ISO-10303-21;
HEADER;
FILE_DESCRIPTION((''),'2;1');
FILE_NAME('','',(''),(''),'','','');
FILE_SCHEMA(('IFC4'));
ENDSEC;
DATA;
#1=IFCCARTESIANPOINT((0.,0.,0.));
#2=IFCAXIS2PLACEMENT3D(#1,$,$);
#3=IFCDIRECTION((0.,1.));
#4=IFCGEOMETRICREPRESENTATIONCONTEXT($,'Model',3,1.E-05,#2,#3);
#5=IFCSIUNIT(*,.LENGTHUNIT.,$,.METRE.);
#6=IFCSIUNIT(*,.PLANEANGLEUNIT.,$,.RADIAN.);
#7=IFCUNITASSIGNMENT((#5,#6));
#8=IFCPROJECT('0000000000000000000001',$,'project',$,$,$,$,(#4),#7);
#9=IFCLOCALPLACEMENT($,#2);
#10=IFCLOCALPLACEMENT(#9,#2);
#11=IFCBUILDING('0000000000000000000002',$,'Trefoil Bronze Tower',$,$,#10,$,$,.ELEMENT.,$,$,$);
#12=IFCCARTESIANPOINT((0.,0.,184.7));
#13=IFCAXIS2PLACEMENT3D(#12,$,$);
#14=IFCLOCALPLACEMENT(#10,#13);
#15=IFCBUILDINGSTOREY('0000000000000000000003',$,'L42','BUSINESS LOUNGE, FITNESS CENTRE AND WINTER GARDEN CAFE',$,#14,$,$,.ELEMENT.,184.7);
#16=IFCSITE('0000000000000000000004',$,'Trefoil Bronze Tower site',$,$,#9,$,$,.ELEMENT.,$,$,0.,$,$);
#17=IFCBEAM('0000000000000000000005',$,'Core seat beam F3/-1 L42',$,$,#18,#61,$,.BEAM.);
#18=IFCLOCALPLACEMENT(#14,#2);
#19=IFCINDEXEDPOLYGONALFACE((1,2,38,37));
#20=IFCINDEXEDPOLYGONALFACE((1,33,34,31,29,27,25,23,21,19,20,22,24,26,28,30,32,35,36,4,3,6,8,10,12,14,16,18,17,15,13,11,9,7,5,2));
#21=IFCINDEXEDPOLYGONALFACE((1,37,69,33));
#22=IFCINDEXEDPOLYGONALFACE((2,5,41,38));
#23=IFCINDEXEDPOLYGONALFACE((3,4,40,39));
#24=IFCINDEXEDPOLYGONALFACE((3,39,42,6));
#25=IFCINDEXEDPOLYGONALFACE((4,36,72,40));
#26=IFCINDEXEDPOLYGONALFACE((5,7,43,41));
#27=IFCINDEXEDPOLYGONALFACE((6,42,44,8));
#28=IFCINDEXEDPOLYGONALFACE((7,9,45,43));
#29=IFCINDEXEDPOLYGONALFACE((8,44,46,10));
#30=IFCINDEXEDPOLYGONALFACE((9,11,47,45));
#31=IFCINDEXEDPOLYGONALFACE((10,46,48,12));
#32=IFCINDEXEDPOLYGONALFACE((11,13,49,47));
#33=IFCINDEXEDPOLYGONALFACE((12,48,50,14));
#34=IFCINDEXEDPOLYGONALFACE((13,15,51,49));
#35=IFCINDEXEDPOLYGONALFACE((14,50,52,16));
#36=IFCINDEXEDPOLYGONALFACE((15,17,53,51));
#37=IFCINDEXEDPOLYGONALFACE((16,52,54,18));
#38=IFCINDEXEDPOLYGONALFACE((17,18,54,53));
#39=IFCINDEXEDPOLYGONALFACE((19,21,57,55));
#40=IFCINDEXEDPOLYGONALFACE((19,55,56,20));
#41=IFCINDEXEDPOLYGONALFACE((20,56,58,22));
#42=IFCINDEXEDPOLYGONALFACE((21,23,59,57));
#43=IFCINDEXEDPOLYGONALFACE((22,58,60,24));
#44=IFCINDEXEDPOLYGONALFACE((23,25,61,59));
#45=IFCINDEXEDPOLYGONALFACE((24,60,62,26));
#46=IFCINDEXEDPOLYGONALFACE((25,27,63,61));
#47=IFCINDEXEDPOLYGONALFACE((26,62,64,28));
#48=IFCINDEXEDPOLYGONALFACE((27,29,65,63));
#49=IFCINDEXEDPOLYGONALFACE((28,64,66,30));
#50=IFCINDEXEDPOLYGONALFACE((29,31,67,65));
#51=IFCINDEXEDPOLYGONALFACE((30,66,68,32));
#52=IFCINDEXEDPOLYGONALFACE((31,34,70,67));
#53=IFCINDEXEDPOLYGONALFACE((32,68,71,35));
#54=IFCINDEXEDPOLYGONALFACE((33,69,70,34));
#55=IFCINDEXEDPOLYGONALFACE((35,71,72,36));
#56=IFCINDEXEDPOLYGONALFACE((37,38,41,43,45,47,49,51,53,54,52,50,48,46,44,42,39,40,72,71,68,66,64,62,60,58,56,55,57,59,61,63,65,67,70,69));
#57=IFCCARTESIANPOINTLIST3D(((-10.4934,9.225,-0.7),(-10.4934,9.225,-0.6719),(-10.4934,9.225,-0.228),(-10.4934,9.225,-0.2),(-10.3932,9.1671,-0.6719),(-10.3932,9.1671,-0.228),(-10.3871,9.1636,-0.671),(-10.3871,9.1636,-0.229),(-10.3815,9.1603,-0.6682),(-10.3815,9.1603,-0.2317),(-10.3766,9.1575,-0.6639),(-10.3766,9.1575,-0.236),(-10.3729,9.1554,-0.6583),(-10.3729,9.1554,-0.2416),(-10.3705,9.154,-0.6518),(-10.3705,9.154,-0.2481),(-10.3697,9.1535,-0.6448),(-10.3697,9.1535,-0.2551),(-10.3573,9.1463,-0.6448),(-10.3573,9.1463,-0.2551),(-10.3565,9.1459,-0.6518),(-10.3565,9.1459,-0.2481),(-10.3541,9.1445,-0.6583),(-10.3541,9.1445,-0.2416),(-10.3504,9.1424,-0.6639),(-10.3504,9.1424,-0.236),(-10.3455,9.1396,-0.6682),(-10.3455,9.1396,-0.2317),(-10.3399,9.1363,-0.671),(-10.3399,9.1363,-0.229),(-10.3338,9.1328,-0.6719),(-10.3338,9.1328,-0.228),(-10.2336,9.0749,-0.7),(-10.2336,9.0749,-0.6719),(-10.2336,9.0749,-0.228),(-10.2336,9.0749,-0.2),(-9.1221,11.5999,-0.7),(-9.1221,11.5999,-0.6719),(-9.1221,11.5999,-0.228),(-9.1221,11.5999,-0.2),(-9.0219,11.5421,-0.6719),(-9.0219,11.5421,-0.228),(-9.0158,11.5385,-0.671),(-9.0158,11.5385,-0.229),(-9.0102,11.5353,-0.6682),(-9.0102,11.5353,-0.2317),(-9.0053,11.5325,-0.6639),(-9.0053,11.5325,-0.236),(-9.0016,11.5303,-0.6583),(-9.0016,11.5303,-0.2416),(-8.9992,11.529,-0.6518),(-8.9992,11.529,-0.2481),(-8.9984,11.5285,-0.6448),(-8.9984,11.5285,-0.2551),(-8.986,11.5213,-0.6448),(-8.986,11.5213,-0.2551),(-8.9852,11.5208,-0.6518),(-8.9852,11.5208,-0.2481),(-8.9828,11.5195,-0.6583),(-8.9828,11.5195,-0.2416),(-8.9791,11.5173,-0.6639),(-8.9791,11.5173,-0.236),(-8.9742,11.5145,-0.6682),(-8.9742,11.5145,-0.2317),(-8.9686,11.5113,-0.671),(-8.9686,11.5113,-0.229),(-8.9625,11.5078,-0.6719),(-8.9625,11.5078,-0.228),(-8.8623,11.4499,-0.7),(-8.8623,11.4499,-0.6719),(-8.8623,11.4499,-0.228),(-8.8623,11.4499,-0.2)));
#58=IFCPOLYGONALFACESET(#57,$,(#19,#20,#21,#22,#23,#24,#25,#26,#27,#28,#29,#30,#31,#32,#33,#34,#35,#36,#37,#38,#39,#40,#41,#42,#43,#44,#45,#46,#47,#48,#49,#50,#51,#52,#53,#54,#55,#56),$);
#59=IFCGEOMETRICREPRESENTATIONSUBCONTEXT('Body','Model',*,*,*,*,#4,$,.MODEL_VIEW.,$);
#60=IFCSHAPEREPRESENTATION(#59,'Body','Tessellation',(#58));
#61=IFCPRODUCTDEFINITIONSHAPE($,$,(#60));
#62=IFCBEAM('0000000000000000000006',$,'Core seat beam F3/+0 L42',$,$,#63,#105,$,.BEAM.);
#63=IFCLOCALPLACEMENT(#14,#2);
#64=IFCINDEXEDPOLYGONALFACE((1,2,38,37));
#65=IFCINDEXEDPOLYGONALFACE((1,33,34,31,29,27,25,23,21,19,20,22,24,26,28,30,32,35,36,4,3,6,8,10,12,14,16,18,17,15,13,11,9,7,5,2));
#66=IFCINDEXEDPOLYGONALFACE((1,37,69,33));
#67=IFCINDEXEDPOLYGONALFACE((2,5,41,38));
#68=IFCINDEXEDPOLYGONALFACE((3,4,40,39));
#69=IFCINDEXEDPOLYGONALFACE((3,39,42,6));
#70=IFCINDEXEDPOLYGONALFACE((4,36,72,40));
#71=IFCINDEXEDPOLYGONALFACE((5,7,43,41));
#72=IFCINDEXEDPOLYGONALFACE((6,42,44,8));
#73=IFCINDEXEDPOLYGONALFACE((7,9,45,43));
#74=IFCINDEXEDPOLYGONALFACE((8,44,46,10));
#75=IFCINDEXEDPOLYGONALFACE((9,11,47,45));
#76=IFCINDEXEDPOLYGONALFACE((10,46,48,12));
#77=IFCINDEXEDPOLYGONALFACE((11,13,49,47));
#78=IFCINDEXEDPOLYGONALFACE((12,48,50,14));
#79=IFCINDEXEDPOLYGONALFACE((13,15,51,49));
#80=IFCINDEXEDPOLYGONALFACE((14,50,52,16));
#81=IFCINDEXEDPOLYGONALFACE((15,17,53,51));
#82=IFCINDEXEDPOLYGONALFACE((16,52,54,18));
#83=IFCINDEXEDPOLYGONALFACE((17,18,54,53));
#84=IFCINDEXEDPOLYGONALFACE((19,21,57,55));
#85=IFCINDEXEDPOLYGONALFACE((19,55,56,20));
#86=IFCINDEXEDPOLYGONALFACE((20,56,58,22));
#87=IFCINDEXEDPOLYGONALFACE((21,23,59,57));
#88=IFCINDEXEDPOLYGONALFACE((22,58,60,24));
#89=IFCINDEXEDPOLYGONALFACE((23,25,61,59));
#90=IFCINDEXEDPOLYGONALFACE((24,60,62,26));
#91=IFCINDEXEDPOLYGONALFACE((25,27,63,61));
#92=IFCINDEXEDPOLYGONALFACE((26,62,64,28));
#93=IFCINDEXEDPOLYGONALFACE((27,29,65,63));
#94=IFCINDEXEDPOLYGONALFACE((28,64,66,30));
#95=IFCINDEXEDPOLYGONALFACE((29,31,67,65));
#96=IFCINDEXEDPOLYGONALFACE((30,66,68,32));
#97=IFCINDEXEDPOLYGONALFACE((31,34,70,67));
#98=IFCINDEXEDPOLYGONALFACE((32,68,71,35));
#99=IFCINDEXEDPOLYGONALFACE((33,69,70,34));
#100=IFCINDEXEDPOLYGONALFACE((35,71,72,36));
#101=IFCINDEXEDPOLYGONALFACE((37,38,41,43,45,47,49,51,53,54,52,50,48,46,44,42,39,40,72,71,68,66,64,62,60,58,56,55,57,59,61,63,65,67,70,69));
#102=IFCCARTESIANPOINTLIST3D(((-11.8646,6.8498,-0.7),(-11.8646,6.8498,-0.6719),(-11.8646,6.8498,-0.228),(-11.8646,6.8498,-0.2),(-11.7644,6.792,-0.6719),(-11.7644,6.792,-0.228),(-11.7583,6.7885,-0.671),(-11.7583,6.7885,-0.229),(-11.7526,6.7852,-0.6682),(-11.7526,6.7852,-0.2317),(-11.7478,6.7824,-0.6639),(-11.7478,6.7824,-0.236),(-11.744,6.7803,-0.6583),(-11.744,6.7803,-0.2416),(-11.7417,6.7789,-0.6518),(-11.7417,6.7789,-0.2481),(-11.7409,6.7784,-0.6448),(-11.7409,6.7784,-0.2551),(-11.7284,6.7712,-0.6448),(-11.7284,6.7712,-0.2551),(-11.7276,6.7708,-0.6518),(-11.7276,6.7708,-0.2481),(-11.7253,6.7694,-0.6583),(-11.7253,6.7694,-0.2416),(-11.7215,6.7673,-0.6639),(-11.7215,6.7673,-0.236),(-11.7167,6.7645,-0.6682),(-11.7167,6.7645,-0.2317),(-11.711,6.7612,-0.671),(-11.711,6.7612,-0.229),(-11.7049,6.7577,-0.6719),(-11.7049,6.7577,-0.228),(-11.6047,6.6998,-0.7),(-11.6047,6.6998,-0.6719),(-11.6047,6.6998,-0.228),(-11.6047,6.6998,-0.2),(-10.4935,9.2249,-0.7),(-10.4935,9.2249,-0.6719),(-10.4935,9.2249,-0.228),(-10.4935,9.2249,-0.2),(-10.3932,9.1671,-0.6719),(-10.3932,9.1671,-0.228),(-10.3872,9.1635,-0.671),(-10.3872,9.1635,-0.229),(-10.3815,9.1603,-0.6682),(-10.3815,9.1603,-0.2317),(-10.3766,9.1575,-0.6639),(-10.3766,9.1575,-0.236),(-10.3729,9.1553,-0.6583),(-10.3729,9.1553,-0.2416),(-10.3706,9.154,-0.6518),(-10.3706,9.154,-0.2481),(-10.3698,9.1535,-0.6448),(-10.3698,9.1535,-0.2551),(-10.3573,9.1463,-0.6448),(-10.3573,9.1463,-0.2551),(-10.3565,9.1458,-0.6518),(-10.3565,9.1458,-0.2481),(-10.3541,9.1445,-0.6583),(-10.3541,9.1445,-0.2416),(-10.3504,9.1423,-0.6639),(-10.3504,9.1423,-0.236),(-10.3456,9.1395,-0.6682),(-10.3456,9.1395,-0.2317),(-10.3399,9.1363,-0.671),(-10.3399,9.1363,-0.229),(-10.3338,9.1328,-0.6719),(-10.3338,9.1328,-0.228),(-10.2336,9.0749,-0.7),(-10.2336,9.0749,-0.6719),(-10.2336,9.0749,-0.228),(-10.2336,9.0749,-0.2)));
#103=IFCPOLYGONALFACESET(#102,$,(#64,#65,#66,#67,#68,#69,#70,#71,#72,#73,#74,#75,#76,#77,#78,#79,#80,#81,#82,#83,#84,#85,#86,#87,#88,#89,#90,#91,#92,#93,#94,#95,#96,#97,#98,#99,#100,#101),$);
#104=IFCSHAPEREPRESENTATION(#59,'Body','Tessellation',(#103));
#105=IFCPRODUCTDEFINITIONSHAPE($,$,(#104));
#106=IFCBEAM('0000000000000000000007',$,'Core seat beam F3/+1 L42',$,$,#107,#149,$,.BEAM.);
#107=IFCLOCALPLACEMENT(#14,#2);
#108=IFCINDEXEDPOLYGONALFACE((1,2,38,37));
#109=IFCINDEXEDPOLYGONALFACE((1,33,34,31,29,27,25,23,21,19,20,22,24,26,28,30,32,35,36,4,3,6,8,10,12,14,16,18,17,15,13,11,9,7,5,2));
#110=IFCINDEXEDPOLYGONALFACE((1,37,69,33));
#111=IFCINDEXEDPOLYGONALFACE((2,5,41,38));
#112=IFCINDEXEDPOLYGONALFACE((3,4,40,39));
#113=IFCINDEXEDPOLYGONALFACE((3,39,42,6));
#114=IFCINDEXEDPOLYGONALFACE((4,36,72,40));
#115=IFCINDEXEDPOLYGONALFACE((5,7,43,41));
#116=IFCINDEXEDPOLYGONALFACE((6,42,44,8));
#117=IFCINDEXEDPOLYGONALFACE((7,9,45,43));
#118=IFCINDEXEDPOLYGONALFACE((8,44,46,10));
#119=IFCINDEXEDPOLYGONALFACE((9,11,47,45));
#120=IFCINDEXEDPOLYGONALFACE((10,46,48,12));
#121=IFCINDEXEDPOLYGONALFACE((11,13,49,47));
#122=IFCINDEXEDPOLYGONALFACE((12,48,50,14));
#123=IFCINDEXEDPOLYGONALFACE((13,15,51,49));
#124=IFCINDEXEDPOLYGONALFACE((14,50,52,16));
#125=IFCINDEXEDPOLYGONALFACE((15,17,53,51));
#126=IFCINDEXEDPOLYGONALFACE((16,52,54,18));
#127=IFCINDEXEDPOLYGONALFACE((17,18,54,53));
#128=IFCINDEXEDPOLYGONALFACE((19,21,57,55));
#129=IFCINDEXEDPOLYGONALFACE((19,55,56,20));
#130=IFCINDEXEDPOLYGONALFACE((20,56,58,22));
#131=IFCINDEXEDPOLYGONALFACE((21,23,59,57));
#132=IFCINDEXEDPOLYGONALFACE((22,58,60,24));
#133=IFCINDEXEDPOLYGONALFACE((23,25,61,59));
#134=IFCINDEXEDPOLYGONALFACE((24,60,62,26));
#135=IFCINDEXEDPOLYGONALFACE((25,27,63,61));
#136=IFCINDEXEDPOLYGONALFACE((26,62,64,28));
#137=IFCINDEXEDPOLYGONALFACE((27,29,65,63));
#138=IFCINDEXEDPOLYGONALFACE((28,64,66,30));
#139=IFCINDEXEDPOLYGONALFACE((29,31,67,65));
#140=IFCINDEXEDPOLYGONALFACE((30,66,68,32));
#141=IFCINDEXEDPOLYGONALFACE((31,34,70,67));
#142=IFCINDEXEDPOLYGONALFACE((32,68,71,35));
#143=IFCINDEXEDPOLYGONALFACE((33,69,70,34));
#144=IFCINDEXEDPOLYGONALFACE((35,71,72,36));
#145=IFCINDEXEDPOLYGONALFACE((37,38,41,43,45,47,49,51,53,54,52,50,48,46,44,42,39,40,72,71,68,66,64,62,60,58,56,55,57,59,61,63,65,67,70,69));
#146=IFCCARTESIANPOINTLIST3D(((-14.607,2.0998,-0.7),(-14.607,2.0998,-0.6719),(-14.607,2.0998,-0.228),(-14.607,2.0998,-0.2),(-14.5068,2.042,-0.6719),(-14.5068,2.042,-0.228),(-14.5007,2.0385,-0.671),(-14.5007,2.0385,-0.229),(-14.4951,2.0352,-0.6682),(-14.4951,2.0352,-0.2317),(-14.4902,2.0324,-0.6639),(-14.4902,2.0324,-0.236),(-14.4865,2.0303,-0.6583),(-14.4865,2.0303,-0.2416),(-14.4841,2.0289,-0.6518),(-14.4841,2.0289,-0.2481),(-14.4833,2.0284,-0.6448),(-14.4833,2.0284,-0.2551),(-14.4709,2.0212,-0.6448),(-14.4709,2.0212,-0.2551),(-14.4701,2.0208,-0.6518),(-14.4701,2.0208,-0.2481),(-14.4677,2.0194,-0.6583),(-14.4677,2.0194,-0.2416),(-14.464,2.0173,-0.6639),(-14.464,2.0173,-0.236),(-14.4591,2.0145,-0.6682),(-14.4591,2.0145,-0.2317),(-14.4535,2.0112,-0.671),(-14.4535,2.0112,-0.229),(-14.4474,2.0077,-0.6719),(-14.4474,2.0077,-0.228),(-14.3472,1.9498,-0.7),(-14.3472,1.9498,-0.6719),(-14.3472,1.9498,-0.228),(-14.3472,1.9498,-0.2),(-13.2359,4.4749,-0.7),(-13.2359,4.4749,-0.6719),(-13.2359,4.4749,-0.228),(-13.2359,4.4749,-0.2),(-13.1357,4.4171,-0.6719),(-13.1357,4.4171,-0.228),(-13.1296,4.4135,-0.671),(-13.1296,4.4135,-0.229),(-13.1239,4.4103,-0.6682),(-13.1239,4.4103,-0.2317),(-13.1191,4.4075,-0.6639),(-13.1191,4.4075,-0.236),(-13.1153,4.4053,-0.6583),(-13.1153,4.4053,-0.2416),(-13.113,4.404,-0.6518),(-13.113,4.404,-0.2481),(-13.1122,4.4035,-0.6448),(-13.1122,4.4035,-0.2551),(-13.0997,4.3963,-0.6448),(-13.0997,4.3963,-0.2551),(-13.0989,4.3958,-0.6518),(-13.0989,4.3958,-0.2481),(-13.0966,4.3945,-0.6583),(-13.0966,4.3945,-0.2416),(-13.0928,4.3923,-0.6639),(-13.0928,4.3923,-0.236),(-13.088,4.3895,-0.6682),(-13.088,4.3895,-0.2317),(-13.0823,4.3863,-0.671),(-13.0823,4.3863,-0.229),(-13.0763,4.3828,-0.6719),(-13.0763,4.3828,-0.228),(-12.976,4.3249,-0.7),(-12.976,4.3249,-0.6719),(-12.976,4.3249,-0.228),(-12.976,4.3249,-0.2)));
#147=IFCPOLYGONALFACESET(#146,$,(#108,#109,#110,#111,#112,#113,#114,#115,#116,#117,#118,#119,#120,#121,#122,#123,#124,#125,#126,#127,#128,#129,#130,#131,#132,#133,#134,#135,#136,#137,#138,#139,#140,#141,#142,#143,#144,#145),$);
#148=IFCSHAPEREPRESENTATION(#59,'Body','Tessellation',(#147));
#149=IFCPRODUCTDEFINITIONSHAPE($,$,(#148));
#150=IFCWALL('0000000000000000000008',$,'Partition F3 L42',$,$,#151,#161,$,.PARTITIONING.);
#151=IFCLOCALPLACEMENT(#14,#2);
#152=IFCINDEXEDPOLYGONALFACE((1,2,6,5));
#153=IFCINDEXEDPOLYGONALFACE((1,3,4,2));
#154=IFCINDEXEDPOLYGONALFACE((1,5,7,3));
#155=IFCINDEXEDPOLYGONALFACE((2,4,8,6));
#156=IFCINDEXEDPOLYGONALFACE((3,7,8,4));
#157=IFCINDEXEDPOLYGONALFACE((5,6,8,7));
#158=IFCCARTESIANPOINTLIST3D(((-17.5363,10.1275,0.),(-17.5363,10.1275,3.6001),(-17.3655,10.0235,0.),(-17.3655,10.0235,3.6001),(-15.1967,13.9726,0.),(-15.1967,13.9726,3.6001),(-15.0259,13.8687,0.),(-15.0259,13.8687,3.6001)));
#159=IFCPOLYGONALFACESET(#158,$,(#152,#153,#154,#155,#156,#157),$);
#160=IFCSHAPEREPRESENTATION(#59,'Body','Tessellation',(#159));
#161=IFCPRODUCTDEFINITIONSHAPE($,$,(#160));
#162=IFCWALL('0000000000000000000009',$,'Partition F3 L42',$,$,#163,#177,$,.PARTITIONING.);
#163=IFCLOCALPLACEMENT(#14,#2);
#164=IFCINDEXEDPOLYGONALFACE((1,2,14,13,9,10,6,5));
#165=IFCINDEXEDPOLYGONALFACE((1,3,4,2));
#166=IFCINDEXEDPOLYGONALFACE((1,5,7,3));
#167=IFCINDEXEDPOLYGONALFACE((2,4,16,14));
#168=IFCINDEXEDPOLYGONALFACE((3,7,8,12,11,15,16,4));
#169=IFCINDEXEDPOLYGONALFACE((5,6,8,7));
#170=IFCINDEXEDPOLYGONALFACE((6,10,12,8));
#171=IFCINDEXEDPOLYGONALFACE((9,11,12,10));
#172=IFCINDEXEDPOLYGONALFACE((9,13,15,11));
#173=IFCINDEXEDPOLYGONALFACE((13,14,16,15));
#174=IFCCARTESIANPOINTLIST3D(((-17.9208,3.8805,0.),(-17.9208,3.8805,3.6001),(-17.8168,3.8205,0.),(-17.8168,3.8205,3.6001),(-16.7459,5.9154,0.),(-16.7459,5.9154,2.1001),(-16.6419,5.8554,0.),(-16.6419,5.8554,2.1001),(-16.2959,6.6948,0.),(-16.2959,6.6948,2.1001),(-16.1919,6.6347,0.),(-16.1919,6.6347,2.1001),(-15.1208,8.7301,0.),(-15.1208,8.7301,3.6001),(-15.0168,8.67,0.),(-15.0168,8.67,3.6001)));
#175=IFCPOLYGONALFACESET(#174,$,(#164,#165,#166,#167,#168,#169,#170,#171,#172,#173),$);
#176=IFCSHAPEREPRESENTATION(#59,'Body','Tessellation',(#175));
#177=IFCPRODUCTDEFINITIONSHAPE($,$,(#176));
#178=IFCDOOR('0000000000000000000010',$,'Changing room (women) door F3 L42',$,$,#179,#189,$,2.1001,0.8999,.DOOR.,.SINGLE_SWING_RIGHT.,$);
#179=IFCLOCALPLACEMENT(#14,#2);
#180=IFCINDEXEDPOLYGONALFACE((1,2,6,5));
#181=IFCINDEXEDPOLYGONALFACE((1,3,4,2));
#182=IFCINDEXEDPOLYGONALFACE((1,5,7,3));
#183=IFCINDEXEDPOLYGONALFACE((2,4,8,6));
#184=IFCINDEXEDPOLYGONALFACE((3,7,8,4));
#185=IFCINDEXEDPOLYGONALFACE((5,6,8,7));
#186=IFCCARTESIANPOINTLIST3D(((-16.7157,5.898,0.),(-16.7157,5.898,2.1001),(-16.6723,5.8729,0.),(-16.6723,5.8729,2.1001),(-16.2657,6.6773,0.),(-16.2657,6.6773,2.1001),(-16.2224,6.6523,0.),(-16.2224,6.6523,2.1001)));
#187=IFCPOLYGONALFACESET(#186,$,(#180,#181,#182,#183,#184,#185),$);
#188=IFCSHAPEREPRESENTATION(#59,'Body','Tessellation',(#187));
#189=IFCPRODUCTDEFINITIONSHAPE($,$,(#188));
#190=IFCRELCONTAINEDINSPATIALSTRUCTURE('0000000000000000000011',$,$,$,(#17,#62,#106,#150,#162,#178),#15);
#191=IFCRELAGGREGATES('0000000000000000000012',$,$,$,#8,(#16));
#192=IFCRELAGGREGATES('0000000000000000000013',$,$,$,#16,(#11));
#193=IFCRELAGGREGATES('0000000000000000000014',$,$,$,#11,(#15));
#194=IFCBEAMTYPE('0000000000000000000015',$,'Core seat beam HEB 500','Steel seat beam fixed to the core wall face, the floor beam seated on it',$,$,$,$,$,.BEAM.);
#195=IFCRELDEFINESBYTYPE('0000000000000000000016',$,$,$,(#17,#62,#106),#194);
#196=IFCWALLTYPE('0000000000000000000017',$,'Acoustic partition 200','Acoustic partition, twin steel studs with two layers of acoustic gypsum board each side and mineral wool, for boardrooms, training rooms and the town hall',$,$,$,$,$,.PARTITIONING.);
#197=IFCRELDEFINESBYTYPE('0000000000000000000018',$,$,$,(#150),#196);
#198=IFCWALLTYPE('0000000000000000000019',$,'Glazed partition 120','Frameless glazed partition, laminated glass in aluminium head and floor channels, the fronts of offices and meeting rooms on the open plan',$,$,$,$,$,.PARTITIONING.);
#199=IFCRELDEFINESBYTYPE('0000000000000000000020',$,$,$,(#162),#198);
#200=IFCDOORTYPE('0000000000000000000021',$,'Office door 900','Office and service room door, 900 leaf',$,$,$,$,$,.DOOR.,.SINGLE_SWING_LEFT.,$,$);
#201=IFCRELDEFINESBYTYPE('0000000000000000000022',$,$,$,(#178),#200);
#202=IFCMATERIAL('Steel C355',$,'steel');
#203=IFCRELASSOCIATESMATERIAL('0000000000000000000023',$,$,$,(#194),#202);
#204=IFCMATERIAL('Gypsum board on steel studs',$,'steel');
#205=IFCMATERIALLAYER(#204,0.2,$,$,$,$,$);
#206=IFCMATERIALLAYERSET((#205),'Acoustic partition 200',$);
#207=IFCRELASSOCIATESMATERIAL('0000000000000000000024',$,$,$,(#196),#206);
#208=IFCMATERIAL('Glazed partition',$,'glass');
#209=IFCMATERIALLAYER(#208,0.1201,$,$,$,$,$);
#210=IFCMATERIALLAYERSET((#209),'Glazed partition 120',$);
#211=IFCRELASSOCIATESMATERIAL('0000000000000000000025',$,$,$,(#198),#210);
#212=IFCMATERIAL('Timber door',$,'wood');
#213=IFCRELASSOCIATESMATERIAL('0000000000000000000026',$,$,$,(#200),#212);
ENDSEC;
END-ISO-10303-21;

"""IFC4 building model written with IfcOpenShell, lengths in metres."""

from ifc_helpers import new_model, si_unit, direction, frame, frame_2d, origin, origin_2d, place, context, subcontext, project, spatial, rectangle, i_section, extrude, material, layer, layer_set, material_profile, profile_set, type_object, element, fill, save


model = new_model("IFC4")

# Units and contexts
model_context = context("Model", 3, precision=1e-05, world=origin(), true_north=direction((0.0, 1.0)))
body_context = subcontext(model_context, "Body", "Model", "MODEL_VIEW")
ifc_project = project(units=[si_unit("LENGTHUNIT", "METRE"), si_unit("PLANEANGLEUNIT", "RADIAN")], contexts=[model_context])

# Site, building, storey
site_placement = place(None, origin())
site = spatial("IfcSite", under=ifc_project, at=site_placement, Name="Trefoil Bronze Tower site", CompositionType="ELEMENT", RefElevation=0.0)
building_placement = place(site_placement, origin())
building = spatial("IfcBuilding", under=site, at=building_placement, Name="Trefoil Bronze Tower", CompositionType="ELEMENT")
storey_placement = place(building_placement, frame((0.0, 0.0, 184.7)))
storey = spatial("IfcBuildingStorey", under=building, at=storey_placement, Name="L42", Description="BUSINESS LOUNGE, FITNESS CENTRE AND WINTER GARDEN CAFE", CompositionType="ELEMENT", Elevation=184.7)

# Beams
ifc_material_1 = material(Name="Steel C355", Category="steel")
ifc_material_profile = material_profile(ifc_material_1, i_section(OverallWidth=0.3, OverallDepth=0.5, WebThickness=0.0144, FlangeThickness=0.0281, FilletRadius=0.0271, at=origin_2d()), Name="HEB 500")
ifc_profile_set = profile_set([ifc_material_profile], Name="Steel C355")
beam_type = type_object("IfcBeamType", Name="Core seat beam HEB 500", Description="Steel seat beam fixed to the core wall face, the floor beam seated on it", PredefinedType="BEAM", material=ifc_profile_set)
for number, where, z_axis, x_axis, name in (
    (1, (-8.9922, 11.5249, -0.45), (-0.500036, -0.866005, 0.0), (0.866005, -0.500036, 0.0), "Core seat beam F3/-1 L42"),
    (2, (-10.3635, 9.1499, -0.45), (-0.499969, -0.866043, 0.0), (0.866043, -0.499969, 0.0), "Core seat beam F3/+0 L42"),
    (3, (-13.106, 4.3999, -0.45), (-0.499969, -0.866043, 0.0), (0.866043, -0.499969, 0.0), "Core seat beam F3/+1 L42"),
):
    element("IfcBeam", number, at=place(storey_placement, frame(where, z_axis=z_axis, x_axis=x_axis)), inside=storey, type_object=beam_type, Name=name, PredefinedType="BEAM", context=body_context, shape_type="SweptSolid", body=[
        extrude(i_section(OverallWidth=0.3, OverallDepth=0.5, WebThickness=0.0144, FlangeThickness=0.0281, FilletRadius=0.0271, at=origin_2d()), origin(), (0.0, 0.0, 1.0), 2.7424),
    ])

# Wall
ifc_material_2 = material(Name="Gypsum board on steel studs", Category="steel")
ifc_layer_1 = layer(ifc_material_2, 0.2)
ifc_layer_set_1 = layer_set([ifc_layer_1], Name="Acoustic partition 200")
wall_type_1 = type_object("IfcWallType", Name="Acoustic partition 200", Description="Acoustic partition, twin steel studs with two layers of acoustic gypsum board each side and mineral wool, for boardrooms, training rooms and the town hall", PredefinedType="PARTITIONING", material=ifc_layer_set_1)
wall_1_placement = place(storey_placement, frame((-15.1113, 13.9207, 0.0), z_axis=(0.0, 0.0, 1.0), x_axis=(-0.51979, -0.854294, 0.0)))
element("IfcWall", 4, at=wall_1_placement, inside=storey, type_object=wall_type_1, Name="Partition F3 L42", PredefinedType="PARTITIONING", context=body_context, shape_type="SweptSolid", body=[
    extrude(rectangle(XDim=4.501, YDim=0.2, at=frame_2d((2.2505, 0.0))), origin(), (0.0, 0.0, 1.0), 3.6001),
])

# Wall, opening, door
ifc_material_3 = material(Name="Glazed partition", Category="glass")
ifc_layer_2 = layer(ifc_material_3, 0.1201)
ifc_layer_set_2 = layer_set([ifc_layer_2], Name="Glazed partition 120")
wall_type_2 = type_object("IfcWallType", Name="Glazed partition 120", Description="Frameless glazed partition, laminated glass in aluminium head and floor channels, the fronts of offices and meeting rooms on the open plan", PredefinedType="PARTITIONING", material=ifc_layer_set_2)
wall_2_placement = place(storey_placement, frame((-15.0688, 8.7, 0.0), z_axis=(0.0, 0.0, 1.0), x_axis=(-0.500017, -0.866016, 0.0)))
wall_2 = element("IfcWall", 5, at=wall_2_placement, inside=storey, type_object=wall_type_2, Name="Partition F3 L42", PredefinedType="PARTITIONING", context=body_context, shape_type="SweptSolid", body=[
    extrude(rectangle(XDim=5.5999, YDim=0.1201, at=frame_2d((2.7998, 0.0))), origin(), (0.0, 0.0, 1.0), 3.6001),
])
opening_1_placement = place(wall_2_placement, frame((2.3501, 0.0, 0.0)))
opening_1 = element("IfcOpeningElement", 6, at=opening_1_placement, cuts=wall_2, PredefinedType="OPENING", context=body_context, shape_type="SweptSolid", body=[
    extrude(rectangle(XDim=0.8999, YDim=2.1001, at=frame_2d((0.45, 1.05))), frame((0.0, 0.0701, 0.0), z_axis=(0.0, -1.0, 0.0), x_axis=(1.0, 0.0, 0.0)), (0.0, 0.0, 1.0), 0.1401),
])
ifc_material_4 = material(Name="Timber door", Category="wood")
door_type = type_object("IfcDoorType", Name="Office door 900", Description="Office and service room door, 900 leaf", OperationType="SINGLE_SWING_LEFT", PredefinedType="DOOR", material=ifc_material_4)
door_1_placement = place(opening_1_placement, origin())
door_1 = element("IfcDoor", 7, at=door_1_placement, inside=storey, type_object=door_type, Name="Changing room (women) door F3 L42", OperationType="SINGLE_SWING_RIGHT", OverallHeight=2.1001, OverallWidth=0.8999, PredefinedType="DOOR", context=body_context, shape_type="SweptSolid", body=[
    extrude(rectangle(XDim=0.8999, YDim=2.1001, at=frame_2d((0.45, 1.05))), frame((0.0, 0.0249, 0.0), z_axis=(0.0, -1.0, 0.0), x_axis=(1.0, 0.0, 0.0)), (0.0, 0.0, 1.0), 0.05),
])
fill(opening_1, door_1)

save(model, "model.ifc")
